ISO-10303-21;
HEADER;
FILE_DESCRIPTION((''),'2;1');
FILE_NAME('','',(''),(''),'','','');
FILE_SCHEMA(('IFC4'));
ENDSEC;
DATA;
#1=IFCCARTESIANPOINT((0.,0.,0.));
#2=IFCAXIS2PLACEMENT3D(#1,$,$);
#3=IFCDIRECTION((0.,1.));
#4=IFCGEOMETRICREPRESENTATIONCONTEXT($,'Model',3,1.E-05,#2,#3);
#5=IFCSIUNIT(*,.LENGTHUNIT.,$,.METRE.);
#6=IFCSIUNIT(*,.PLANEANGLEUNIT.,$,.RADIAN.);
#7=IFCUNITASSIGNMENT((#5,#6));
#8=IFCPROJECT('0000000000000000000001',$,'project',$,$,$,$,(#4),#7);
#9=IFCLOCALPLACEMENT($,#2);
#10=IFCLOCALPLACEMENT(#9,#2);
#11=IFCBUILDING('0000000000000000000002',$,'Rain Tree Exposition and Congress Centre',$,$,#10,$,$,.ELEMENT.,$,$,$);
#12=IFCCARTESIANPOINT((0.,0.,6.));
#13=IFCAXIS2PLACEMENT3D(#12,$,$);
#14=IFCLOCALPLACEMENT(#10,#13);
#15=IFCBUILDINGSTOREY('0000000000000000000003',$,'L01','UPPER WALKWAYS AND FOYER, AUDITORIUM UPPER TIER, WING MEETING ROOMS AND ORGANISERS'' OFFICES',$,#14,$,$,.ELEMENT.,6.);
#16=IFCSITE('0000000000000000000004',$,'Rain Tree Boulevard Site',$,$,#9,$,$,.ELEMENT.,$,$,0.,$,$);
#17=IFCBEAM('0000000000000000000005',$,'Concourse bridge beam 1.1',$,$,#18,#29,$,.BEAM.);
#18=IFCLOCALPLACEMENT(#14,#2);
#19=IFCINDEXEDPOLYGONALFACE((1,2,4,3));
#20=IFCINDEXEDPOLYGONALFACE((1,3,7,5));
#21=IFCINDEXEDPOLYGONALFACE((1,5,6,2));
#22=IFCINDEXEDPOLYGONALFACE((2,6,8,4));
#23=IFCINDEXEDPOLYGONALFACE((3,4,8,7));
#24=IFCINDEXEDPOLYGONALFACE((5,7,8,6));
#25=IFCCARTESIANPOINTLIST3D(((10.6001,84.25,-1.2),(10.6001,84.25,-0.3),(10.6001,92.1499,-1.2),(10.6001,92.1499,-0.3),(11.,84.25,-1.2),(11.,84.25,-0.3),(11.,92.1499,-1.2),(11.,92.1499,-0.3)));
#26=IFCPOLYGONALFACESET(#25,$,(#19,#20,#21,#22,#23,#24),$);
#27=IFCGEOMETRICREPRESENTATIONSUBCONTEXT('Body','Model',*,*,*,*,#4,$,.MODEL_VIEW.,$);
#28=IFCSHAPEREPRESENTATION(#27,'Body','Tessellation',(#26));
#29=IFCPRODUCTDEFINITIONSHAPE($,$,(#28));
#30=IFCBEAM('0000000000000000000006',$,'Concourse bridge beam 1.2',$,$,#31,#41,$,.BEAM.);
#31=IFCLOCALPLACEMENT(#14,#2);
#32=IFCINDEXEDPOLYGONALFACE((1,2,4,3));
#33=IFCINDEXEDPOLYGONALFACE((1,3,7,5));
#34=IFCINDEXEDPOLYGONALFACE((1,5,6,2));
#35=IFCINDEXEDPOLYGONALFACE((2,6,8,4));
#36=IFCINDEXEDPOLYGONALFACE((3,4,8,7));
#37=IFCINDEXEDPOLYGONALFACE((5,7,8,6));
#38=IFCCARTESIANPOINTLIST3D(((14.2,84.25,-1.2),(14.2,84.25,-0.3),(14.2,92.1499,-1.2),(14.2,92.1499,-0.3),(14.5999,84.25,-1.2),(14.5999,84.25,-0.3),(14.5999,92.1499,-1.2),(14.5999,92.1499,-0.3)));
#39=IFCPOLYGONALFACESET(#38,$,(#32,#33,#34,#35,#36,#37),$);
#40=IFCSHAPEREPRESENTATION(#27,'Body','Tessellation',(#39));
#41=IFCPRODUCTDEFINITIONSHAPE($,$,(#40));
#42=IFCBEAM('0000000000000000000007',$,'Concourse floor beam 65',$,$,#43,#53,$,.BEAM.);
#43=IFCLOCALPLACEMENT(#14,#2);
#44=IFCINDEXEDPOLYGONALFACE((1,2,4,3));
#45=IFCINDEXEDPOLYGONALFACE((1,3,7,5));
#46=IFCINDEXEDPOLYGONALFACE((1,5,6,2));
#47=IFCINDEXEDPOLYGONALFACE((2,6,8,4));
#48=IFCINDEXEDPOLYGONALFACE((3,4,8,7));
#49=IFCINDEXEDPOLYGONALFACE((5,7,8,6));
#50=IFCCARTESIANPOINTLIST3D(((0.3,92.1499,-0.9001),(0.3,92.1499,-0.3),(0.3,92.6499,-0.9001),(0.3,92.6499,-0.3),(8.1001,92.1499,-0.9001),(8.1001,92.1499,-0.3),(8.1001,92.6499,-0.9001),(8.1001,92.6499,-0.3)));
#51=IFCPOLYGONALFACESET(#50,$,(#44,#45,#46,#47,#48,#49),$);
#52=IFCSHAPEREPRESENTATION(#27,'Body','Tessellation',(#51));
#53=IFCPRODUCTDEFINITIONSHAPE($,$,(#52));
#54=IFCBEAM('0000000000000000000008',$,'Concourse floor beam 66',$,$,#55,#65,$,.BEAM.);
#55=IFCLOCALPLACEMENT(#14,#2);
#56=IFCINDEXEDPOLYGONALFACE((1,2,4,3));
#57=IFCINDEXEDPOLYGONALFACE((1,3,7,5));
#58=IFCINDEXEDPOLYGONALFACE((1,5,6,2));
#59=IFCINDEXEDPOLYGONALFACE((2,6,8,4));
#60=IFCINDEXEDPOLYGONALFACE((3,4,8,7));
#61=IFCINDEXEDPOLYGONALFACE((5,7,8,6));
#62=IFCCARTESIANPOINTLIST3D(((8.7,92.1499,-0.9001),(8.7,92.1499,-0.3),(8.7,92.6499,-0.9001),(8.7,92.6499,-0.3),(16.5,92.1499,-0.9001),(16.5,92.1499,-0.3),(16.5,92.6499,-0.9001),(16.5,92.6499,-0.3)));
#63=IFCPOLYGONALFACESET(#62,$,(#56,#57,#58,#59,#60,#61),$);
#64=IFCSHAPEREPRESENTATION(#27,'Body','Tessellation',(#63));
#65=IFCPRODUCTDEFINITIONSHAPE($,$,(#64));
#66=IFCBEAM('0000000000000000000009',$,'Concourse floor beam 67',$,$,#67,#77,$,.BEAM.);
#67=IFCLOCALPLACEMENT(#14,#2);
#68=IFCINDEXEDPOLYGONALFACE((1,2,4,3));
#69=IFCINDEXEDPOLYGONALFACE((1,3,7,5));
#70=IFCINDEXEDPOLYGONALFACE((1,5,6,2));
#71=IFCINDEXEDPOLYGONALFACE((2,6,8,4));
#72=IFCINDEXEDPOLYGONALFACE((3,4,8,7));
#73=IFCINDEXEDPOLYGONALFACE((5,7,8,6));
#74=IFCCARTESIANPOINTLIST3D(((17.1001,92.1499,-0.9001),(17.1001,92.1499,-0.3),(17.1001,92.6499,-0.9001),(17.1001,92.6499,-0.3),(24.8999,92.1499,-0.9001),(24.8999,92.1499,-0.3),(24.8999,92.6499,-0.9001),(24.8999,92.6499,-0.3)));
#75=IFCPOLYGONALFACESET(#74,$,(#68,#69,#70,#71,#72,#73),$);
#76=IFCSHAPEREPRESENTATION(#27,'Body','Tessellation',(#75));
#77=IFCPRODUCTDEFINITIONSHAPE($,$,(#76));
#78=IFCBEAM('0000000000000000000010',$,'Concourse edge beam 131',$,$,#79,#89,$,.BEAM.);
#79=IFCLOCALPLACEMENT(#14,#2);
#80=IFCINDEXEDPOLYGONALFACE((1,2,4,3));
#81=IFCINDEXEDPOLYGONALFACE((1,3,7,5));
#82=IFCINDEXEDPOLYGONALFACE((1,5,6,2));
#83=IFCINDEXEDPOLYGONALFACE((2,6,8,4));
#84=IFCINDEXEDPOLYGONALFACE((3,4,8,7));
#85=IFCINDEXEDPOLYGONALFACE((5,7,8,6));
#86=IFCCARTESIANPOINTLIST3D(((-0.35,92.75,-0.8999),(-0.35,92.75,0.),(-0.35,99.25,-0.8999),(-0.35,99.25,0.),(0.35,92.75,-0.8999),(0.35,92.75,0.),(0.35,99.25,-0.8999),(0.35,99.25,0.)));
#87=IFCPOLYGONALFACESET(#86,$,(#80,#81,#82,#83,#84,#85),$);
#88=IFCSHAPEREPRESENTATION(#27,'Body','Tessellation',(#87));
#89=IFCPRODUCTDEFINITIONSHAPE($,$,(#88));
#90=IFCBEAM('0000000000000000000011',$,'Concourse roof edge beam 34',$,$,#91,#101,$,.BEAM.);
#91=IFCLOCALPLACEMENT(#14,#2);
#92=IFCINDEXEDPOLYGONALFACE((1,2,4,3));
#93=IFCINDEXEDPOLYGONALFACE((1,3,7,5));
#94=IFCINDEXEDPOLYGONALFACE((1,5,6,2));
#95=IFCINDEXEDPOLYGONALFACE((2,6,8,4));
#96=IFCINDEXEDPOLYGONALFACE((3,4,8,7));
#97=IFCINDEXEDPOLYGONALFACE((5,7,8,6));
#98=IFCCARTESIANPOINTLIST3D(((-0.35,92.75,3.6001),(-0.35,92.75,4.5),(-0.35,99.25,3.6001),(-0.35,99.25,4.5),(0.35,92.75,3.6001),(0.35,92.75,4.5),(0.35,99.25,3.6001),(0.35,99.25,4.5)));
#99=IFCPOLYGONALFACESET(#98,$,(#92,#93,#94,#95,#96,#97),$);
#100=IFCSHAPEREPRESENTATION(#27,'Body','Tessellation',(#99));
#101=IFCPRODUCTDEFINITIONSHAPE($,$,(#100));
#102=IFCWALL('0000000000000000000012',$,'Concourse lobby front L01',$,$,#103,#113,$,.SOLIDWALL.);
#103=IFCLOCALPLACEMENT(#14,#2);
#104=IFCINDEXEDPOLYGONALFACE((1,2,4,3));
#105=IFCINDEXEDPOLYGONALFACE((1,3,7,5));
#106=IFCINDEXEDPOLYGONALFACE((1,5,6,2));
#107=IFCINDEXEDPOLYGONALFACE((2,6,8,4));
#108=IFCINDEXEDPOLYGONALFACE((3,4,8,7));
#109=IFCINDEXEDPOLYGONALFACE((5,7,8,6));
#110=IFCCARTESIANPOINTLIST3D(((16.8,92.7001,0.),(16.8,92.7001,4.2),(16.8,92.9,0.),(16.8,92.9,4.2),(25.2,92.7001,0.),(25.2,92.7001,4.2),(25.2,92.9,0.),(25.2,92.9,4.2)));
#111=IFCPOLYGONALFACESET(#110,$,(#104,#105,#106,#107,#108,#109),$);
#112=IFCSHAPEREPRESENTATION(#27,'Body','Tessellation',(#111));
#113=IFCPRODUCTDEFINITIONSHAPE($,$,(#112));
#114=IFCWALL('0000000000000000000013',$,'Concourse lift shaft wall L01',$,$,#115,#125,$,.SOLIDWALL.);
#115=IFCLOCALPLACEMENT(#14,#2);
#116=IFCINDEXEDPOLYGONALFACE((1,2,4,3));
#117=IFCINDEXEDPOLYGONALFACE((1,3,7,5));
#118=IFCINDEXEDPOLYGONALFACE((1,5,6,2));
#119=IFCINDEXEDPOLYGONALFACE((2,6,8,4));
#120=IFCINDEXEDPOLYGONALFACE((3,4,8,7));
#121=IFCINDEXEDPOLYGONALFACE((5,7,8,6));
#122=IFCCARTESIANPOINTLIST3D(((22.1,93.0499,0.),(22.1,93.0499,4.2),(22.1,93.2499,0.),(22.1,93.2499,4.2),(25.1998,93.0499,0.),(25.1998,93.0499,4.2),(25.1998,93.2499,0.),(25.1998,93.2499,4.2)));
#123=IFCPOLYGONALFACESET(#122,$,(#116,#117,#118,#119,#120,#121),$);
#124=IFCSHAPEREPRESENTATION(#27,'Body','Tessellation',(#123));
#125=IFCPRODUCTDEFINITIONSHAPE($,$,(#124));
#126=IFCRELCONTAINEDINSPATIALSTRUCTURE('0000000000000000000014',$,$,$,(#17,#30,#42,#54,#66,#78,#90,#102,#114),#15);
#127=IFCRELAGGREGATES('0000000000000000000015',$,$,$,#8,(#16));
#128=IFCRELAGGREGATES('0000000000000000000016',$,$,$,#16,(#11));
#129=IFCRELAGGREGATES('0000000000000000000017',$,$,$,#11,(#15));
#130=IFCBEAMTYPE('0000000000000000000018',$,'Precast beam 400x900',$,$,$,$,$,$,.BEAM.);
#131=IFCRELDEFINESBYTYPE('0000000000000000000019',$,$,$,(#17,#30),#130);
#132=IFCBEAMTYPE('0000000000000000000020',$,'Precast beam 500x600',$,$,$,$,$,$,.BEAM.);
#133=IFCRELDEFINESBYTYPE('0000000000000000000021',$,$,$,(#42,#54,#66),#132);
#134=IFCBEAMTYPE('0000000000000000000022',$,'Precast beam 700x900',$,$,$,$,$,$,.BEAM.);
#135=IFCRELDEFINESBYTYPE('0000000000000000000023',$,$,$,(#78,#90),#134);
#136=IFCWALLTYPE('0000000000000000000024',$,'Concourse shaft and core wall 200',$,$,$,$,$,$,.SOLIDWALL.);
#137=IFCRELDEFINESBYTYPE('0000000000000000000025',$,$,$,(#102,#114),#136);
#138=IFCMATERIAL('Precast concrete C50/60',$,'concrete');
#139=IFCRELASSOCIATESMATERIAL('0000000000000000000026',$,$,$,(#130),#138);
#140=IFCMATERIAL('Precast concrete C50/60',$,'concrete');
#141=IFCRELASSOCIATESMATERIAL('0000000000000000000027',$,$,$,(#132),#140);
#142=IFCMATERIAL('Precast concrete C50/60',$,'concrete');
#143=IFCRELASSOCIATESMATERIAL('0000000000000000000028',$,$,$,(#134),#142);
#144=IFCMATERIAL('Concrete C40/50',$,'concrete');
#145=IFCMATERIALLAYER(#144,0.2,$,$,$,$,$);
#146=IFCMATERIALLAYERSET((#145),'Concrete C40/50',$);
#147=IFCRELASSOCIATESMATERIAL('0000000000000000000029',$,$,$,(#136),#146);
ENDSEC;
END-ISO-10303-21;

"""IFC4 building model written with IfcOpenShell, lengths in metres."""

from ifc_helpers import new_model, si_unit, direction, frame, frame_2d, origin, origin_2d, place, context, subcontext, project, spatial, rectangle, extrude, material, layer, layer_set, material_profile, profile_set, type_object, element, save


model = new_model("IFC4")

# Units and contexts
model_context = context("Model", 3, precision=1e-05, world=origin(), true_north=direction((0.0, 1.0)))
body_context = subcontext(model_context, "Body", "Model", "MODEL_VIEW")
ifc_project = project(units=[si_unit("LENGTHUNIT", "METRE"), si_unit("PLANEANGLEUNIT", "RADIAN")], contexts=[model_context])

# Site, building, storey
site_placement = place(None, origin())
site = spatial("IfcSite", under=ifc_project, at=site_placement, Name="Rain Tree Boulevard Site", CompositionType="ELEMENT", RefElevation=0.0)
building_placement = place(site_placement, origin())
building = spatial("IfcBuilding", under=site, at=building_placement, Name="Rain Tree Exposition and Congress Centre", CompositionType="ELEMENT")
storey_placement = place(building_placement, frame((0.0, 0.0, 6.0)))
storey = spatial("IfcBuildingStorey", under=building, at=storey_placement, Name="L01", Description="UPPER WALKWAYS AND FOYER, AUDITORIUM UPPER TIER, WING MEETING ROOMS AND ORGANISERS' OFFICES", CompositionType="ELEMENT", Elevation=6.0)

# Beams
ifc_material_1 = material(Name="Precast concrete C50/60", Category="concrete")
ifc_material_profile_1 = material_profile(ifc_material_1, rectangle(XDim=0.3999, YDim=0.8999, at=origin_2d()), Name="RC 400x900")
ifc_profile_set_1 = profile_set([ifc_material_profile_1], Name="Precast concrete C50/60")
beam_type_1 = type_object("IfcBeamType", Name="Precast beam 400x900", PredefinedType="BEAM", material=ifc_profile_set_1)
for number, where, z_axis, x_axis, name in (
    (1, (10.8, 84.25, -0.75), (0.0, 1.0, 0.0), (-1.0, 0.0, 0.0), "Concourse bridge beam 1.1"),
    (2, (14.3999, 84.25, -0.75), (0.0, 1.0, 0.0), (-1.0, 0.0, 0.0), "Concourse bridge beam 1.2"),
):
    element("IfcBeam", number, at=place(storey_placement, frame(where, z_axis=z_axis, x_axis=x_axis)), inside=storey, type_object=beam_type_1, Name=name, PredefinedType="BEAM", context=body_context, shape_type="SweptSolid", body=[
        extrude(rectangle(XDim=0.3999, YDim=0.8999, at=origin_2d()), origin(), (0.0, 0.0, 1.0), 7.8999),
    ])
ifc_material_2 = material(Name="Precast concrete C50/60", Category="concrete")
ifc_material_profile_2 = material_profile(ifc_material_2, rectangle(XDim=0.5, YDim=0.6001, at=origin_2d()), Name="RC 500x600")
ifc_profile_set_2 = profile_set([ifc_material_profile_2], Name="Precast concrete C50/60")
beam_type_2 = type_object("IfcBeamType", Name="Precast beam 500x600", PredefinedType="BEAM", material=ifc_profile_set_2)
for number, where, z_axis, x_axis, name in (
    (3, (0.3, 92.3999, -0.6001), (1.0, 0.0, 0.0), (0.0, 1.0, 0.0), "Concourse floor beam 65"),
    (4, (8.7, 92.3999, -0.6001), (1.0, 0.0, 0.0), (0.0, 1.0, 0.0), "Concourse floor beam 66"),
):
    element("IfcBeam", number, at=place(storey_placement, frame(where, z_axis=z_axis, x_axis=x_axis)), inside=storey, type_object=beam_type_2, Name=name, PredefinedType="BEAM", context=body_context, shape_type="SweptSolid", body=[
        extrude(rectangle(XDim=0.5, YDim=0.6001, at=origin_2d()), origin(), (0.0, 0.0, 1.0), 7.8),
    ])
beam_placement = place(storey_placement, frame((17.1001, 92.3999, -0.6001), z_axis=(1.0, 0.0, 0.0), x_axis=(0.0, 1.0, 0.0)))
element("IfcBeam", 5, at=beam_placement, inside=storey, type_object=beam_type_2, Name="Concourse floor beam 67", PredefinedType="BEAM", context=body_context, shape_type="SweptSolid", body=[
    extrude(rectangle(XDim=0.5, YDim=0.6001, at=origin_2d()), origin(), (0.0, 0.0, 1.0), 7.7998),
])
ifc_material_3 = material(Name="Precast concrete C50/60", Category="concrete")
ifc_material_profile_3 = material_profile(ifc_material_3, rectangle(XDim=0.7, YDim=0.8999, at=origin_2d()), Name="RC 700x900")
ifc_profile_set_3 = profile_set([ifc_material_profile_3], Name="Precast concrete C50/60")
beam_type_3 = type_object("IfcBeamType", Name="Precast beam 700x900", PredefinedType="BEAM", material=ifc_profile_set_3)
for number, where, z_axis, x_axis, name in (
    (6, (0.0, 92.75, -0.45), (0.0, 1.0, 0.0), (-1.0, 0.0, 0.0), "Concourse edge beam 131"),
    (7, (0.0, 92.75, 4.05), (0.0, 1.0, 0.0), (-1.0, 0.0, 0.0), "Concourse roof edge beam 34"),
):
    element("IfcBeam", number, at=place(storey_placement, frame(where, z_axis=z_axis, x_axis=x_axis)), inside=storey, type_object=beam_type_3, Name=name, PredefinedType="BEAM", context=body_context, shape_type="SweptSolid", body=[
        extrude(rectangle(XDim=0.7, YDim=0.8999, at=origin_2d()), origin(), (0.0, 0.0, 1.0), 6.5),
    ])

# Wall
ifc_material_4 = material(Name="Concrete C40/50", Category="concrete")
ifc_layer_1 = layer(ifc_material_4, 0.2)
ifc_layer_set_1 = layer_set([ifc_layer_1], Name="Concrete C40/50")
wall_type_1 = type_object("IfcWallType", Name="Concourse shaft and core wall 200", PredefinedType="SOLIDWALL", material=ifc_layer_set_1)
wall_1_placement = place(storey_placement, frame((16.8, 92.8, 0.0), z_axis=(0.0, 0.0, 1.0), x_axis=(1.0, 0.0, 0.0)))
element("IfcWall", 8, at=wall_1_placement, inside=storey, type_object=wall_type_1, Name="Concourse lobby front L01", PredefinedType="SOLIDWALL", context=body_context, shape_type="SweptSolid", body=[
    extrude(rectangle(XDim=8.3999, YDim=0.2, at=frame_2d((4.2, 0.0))), origin(), (0.0, 0.0, 1.0), 4.2),
])

# Wall
wall_2_placement = place(storey_placement, frame((22.1001, 93.1499, 0.0), z_axis=(0.0, 0.0, 1.0), x_axis=(1.0, 0.0, 0.0)))
element("IfcWall", 9, at=wall_2_placement, inside=storey, type_object=wall_type_1, Name="Concourse lift shaft wall L01", PredefinedType="SOLIDWALL", context=body_context, shape_type="SweptSolid", body=[
    extrude(rectangle(XDim=3.0999, YDim=0.2, at=frame_2d((1.5498, 0.0))), origin(), (0.0, 0.0, 1.0), 4.2),
])

save(model, "model.ifc")
